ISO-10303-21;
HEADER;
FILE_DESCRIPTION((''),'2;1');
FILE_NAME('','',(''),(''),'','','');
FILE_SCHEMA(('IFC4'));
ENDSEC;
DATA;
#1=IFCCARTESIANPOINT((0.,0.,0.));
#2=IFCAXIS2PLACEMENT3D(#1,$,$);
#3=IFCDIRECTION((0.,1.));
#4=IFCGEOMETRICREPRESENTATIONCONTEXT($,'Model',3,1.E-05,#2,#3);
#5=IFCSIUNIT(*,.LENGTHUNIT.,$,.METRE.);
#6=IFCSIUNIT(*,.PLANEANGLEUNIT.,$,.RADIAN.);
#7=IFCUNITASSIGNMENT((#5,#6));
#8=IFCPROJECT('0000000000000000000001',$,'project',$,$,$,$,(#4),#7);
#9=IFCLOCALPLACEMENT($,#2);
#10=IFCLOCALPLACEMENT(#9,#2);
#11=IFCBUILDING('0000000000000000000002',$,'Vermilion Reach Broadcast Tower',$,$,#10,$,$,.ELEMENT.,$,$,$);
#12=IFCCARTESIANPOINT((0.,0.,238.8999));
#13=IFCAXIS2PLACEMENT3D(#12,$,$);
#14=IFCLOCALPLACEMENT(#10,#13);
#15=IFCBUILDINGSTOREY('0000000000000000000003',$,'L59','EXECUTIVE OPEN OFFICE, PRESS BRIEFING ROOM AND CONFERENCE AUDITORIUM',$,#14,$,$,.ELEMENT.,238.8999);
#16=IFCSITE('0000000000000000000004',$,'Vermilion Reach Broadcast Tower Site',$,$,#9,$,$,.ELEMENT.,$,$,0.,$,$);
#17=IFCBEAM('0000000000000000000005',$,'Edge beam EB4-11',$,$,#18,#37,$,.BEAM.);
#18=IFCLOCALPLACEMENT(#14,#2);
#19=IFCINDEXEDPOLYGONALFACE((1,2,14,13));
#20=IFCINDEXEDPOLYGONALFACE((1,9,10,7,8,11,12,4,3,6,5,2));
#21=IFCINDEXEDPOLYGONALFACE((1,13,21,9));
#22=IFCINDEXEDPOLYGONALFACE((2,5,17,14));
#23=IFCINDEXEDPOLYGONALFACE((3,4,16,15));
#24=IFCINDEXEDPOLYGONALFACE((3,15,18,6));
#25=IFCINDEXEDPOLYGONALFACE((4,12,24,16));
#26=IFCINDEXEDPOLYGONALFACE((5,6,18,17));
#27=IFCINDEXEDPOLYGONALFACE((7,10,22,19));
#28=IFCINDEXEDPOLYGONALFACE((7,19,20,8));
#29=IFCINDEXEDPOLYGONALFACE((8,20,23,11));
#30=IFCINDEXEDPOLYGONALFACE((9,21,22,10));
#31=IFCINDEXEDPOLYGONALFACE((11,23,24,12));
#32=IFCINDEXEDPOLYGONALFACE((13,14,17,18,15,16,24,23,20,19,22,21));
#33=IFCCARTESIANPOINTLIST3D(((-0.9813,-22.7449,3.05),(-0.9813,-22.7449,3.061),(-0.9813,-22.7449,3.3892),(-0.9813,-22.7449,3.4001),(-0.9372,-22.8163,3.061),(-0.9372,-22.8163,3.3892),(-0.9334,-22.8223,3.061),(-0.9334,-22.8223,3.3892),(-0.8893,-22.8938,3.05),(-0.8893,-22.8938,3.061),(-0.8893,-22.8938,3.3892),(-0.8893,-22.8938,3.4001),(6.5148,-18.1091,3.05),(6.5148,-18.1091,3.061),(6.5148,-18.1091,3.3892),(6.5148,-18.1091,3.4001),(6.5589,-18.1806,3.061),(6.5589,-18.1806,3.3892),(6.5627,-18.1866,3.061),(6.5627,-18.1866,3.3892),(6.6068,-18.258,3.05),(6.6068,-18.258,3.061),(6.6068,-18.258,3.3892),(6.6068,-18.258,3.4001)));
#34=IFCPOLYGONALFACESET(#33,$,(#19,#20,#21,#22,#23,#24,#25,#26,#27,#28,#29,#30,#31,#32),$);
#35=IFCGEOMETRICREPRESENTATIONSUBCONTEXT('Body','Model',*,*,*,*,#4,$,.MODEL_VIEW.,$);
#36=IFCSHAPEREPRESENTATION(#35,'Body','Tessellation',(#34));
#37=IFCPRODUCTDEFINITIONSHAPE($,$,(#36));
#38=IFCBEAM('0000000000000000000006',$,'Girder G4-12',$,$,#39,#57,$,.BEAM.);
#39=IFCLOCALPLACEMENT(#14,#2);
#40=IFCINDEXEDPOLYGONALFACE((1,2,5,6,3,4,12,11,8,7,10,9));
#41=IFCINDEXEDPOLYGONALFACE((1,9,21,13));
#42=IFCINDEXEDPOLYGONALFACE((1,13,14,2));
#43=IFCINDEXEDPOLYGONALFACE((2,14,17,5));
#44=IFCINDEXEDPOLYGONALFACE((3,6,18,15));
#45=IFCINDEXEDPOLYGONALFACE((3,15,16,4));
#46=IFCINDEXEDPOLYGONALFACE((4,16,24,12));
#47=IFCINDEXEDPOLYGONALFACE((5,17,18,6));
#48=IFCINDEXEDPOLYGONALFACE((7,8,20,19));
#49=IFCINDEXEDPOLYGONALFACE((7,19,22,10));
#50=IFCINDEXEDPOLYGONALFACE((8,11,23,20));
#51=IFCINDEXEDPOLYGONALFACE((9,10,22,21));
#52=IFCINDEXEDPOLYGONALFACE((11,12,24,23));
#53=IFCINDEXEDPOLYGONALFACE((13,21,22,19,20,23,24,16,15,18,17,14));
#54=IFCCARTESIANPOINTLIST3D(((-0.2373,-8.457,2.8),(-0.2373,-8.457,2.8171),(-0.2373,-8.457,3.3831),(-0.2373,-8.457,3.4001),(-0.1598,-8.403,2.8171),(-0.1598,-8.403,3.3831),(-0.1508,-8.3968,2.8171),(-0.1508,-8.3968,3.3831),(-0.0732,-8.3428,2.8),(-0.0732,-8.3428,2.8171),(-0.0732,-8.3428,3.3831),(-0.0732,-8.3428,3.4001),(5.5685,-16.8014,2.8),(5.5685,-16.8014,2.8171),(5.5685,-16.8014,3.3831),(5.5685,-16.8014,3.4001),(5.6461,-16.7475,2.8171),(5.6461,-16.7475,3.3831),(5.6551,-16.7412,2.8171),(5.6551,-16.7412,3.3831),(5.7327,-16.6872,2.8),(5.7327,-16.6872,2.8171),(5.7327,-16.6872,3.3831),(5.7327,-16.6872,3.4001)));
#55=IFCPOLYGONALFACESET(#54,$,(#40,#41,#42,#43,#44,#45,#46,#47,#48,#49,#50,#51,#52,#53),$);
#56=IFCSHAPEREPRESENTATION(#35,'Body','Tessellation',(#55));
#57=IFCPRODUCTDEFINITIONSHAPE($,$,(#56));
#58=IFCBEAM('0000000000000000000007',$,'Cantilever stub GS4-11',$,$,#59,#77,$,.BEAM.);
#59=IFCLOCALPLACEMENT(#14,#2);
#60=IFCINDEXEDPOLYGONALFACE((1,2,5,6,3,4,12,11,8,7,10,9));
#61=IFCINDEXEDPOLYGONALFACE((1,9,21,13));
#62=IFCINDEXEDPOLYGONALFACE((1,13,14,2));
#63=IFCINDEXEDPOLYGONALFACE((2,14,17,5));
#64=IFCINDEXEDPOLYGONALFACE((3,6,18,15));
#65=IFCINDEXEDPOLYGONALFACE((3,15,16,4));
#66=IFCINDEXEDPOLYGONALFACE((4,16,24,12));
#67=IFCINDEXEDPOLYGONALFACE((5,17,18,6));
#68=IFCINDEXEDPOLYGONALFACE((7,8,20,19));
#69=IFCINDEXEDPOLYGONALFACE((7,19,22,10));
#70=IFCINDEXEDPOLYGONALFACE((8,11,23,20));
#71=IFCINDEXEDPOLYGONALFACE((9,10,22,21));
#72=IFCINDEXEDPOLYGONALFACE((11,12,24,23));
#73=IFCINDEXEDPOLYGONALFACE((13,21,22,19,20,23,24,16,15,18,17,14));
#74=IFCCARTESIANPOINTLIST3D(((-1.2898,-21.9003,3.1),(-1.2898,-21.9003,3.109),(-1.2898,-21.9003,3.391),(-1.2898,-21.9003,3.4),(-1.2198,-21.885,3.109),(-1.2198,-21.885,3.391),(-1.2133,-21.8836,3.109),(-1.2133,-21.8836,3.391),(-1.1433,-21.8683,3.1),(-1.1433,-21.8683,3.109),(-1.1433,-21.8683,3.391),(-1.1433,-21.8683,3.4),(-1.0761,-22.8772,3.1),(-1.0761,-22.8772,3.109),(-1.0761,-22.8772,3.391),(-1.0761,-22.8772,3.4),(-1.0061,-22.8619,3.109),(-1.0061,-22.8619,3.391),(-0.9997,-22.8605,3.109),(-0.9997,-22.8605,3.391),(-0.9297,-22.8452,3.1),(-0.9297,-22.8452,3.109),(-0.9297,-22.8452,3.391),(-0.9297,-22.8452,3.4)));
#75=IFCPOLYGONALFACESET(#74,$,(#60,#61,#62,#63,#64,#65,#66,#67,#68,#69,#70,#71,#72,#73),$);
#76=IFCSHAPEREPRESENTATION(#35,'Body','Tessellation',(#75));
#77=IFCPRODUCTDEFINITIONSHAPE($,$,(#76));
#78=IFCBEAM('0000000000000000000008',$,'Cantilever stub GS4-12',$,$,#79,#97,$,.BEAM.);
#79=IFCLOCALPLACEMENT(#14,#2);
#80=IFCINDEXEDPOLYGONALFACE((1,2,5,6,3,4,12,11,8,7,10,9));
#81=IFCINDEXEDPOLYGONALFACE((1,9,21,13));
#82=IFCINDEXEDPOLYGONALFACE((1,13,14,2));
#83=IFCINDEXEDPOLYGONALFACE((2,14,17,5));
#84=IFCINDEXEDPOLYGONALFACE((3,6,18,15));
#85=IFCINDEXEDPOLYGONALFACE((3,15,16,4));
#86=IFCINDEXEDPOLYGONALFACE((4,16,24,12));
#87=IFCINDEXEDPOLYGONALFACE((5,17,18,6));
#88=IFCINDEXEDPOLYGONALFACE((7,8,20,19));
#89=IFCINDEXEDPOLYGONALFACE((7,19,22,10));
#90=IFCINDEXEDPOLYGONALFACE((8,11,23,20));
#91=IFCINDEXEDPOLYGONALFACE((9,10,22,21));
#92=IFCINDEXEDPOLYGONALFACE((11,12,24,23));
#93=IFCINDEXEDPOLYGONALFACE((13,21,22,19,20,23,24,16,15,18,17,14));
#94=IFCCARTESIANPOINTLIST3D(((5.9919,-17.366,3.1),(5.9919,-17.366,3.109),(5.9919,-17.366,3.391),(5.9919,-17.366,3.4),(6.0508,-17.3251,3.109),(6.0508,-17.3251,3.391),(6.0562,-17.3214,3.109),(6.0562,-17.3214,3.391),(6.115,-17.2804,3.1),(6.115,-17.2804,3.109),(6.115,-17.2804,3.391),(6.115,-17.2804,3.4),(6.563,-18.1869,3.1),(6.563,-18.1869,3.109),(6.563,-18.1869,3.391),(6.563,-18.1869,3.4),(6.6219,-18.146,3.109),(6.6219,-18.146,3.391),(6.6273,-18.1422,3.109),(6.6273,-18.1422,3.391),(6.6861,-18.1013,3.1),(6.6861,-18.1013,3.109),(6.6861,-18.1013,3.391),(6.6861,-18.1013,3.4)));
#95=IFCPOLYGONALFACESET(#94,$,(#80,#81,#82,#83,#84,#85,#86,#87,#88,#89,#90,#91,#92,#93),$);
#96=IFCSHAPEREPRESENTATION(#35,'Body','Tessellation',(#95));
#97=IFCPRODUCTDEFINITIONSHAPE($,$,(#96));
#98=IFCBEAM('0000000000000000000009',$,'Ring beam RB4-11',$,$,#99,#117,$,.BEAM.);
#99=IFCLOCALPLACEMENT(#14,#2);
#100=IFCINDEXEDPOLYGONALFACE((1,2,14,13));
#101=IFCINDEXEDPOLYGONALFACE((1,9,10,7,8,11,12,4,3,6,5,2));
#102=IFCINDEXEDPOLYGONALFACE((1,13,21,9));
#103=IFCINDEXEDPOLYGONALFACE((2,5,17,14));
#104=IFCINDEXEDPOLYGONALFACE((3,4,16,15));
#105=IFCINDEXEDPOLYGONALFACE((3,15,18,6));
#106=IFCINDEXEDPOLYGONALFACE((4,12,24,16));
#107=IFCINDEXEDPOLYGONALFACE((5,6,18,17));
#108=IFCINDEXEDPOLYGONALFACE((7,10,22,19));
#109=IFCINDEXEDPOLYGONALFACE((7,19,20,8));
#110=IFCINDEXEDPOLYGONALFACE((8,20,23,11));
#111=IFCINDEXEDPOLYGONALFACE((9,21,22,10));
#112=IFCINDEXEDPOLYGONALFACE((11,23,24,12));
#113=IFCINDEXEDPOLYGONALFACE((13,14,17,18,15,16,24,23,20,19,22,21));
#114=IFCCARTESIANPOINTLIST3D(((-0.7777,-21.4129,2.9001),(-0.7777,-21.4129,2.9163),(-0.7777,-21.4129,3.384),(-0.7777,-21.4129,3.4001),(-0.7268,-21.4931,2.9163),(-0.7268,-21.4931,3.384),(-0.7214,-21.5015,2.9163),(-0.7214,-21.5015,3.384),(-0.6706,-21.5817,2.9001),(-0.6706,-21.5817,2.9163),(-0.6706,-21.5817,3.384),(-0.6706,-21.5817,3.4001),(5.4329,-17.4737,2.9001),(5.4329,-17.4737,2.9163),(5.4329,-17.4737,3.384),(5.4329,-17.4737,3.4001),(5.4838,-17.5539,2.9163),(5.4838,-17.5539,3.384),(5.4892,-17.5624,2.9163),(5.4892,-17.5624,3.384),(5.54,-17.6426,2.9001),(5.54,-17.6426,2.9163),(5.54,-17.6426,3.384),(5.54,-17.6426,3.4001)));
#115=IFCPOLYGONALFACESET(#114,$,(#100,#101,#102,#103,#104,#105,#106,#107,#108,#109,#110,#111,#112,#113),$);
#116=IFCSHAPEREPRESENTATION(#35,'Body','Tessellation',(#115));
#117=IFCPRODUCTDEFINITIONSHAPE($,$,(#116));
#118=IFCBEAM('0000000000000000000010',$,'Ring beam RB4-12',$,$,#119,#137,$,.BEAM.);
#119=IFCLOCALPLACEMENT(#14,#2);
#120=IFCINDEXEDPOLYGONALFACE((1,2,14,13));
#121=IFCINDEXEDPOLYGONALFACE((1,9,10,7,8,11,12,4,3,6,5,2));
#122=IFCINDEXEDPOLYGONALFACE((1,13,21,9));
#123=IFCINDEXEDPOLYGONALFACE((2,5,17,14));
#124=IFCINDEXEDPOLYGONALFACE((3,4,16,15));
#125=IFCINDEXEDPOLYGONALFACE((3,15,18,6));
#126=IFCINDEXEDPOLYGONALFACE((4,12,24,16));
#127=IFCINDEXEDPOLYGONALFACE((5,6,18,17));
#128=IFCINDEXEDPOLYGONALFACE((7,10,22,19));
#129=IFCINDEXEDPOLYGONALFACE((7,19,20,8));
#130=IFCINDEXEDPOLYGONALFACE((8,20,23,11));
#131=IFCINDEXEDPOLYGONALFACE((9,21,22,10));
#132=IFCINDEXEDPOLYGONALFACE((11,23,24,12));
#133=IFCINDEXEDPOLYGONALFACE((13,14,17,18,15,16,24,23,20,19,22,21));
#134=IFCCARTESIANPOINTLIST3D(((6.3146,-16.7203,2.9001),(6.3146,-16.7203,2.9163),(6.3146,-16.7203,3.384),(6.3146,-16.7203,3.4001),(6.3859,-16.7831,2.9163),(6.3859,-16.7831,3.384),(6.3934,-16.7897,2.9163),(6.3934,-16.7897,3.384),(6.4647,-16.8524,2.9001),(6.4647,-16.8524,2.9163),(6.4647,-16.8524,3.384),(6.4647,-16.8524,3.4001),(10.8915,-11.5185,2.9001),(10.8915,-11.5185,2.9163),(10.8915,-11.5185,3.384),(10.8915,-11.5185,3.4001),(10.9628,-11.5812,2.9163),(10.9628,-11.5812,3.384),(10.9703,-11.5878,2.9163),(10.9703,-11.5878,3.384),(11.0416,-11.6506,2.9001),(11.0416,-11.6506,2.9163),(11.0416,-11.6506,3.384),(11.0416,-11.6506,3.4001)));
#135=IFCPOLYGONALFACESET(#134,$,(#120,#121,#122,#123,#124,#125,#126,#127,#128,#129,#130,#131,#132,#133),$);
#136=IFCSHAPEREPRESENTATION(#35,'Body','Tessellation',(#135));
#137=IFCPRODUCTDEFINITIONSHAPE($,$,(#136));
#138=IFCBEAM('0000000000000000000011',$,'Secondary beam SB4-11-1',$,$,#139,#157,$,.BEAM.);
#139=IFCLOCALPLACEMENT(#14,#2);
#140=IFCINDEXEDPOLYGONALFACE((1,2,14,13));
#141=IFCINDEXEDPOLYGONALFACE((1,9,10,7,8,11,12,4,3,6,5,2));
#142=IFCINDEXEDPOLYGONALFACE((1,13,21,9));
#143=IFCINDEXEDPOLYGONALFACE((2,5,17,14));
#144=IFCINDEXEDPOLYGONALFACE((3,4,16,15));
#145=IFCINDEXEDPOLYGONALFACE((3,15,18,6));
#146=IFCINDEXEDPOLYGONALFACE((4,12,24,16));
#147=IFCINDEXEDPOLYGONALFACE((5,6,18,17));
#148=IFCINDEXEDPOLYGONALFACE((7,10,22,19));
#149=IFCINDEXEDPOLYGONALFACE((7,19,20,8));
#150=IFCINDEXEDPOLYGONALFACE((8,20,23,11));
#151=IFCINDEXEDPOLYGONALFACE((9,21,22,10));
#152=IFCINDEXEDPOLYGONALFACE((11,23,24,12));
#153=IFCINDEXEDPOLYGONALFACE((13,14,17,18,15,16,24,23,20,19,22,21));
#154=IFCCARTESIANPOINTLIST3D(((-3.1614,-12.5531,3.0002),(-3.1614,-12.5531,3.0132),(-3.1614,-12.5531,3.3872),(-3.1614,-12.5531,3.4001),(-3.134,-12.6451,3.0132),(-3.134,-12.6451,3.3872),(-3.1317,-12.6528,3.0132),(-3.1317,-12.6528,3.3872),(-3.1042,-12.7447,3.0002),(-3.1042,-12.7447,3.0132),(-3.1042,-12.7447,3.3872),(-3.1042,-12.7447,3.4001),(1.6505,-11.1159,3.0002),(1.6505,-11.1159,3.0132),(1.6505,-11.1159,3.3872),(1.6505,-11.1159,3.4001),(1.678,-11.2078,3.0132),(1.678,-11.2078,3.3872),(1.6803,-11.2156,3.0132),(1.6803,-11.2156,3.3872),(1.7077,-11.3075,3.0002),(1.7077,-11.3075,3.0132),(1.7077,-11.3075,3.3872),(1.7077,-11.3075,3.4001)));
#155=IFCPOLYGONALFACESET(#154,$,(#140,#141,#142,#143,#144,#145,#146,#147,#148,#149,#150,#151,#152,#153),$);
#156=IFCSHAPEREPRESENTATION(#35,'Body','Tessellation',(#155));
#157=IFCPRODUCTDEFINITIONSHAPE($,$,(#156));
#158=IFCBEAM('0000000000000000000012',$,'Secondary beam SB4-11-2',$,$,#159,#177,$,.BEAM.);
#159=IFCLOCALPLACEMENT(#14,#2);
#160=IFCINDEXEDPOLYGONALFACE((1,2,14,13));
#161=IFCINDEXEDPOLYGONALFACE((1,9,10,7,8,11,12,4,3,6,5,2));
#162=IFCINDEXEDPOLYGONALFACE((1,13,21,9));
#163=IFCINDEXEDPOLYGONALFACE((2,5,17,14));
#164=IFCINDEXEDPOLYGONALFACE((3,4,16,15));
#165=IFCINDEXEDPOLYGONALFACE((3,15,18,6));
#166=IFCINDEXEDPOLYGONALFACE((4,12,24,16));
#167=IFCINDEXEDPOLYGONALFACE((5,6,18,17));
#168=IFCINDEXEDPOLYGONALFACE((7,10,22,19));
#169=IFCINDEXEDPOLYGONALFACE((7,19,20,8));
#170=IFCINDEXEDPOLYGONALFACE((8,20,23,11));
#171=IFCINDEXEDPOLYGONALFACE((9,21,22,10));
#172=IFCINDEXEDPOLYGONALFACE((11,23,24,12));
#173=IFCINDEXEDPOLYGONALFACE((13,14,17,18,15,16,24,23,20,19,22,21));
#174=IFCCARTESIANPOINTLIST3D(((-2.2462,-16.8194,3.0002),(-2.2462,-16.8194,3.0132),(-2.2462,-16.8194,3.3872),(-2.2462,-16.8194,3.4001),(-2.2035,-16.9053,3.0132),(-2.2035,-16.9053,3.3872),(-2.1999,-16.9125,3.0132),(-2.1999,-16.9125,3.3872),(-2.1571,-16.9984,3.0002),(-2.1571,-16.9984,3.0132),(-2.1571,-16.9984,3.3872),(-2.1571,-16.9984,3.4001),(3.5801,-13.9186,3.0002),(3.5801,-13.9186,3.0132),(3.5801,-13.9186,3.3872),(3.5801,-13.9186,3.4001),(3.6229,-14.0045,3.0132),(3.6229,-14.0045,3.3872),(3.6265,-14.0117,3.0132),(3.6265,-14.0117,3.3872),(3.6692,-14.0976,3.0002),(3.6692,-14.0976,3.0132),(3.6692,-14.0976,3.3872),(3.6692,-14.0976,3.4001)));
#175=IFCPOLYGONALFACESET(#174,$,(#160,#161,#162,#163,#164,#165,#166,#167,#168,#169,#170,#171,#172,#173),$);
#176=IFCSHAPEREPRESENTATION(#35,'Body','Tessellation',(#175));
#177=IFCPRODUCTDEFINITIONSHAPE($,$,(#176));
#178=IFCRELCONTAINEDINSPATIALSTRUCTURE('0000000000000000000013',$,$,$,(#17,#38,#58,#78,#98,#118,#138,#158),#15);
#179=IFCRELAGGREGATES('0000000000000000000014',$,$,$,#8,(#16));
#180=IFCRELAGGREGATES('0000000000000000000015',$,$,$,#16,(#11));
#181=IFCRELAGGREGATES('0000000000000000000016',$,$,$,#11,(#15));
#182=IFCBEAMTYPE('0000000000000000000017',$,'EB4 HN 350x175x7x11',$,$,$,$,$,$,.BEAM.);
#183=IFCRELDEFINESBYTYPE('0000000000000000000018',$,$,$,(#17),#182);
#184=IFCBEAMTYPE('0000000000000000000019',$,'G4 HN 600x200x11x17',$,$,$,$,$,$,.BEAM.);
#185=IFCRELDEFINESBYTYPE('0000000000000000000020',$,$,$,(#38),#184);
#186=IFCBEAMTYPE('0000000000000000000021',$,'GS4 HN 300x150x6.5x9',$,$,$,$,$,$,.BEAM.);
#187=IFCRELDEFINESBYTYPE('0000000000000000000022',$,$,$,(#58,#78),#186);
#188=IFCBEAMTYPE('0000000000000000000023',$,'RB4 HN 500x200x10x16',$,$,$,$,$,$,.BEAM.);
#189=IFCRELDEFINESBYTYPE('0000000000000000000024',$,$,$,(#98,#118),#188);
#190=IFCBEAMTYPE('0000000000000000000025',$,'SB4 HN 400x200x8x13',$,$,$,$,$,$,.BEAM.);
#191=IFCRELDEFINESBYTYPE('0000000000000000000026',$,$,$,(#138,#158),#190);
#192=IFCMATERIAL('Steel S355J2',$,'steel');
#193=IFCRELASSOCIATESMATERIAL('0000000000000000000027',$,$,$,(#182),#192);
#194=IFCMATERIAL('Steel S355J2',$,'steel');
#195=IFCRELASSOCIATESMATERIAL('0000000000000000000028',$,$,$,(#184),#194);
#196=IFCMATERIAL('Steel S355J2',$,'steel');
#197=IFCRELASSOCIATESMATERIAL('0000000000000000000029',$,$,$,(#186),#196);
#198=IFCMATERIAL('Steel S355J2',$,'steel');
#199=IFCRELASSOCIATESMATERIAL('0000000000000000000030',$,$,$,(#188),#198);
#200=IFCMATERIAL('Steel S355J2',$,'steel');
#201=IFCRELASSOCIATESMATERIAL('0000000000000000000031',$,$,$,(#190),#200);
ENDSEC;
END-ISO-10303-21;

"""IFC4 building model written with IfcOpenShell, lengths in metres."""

from ifc_helpers import new_model, si_unit, direction, frame, origin, origin_2d, place, context, subcontext, project, spatial, i_section, extrude, material, material_profile, profile_set, type_object, element, save


model = new_model("IFC4")

# Units and contexts
model_context = context("Model", 3, precision=1e-05, world=origin(), true_north=direction((0.0, 1.0)))
body_context = subcontext(model_context, "Body", "Model", "MODEL_VIEW")
ifc_project = project(units=[si_unit("LENGTHUNIT", "METRE"), si_unit("PLANEANGLEUNIT", "RADIAN")], contexts=[model_context])

# Site, building, storey
site_placement = place(None, origin())
site = spatial("IfcSite", under=ifc_project, at=site_placement, Name="Vermilion Reach Broadcast Tower Site", CompositionType="ELEMENT", RefElevation=0.0)
building_placement = place(site_placement, origin())
building = spatial("IfcBuilding", under=site, at=building_placement, Name="Vermilion Reach Broadcast Tower", CompositionType="ELEMENT")
storey_placement = place(building_placement, frame((0.0, 0.0, 238.8999)))
storey = spatial("IfcBuildingStorey", under=building, at=storey_placement, Name="L59", Description="EXECUTIVE OPEN OFFICE, PRESS BRIEFING ROOM AND CONFERENCE AUDITORIUM", CompositionType="ELEMENT", Elevation=238.8999)

# Beams
ifc_material_1 = material(Name="Steel S355J2", Category="steel")
ifc_material_profile_1 = material_profile(ifc_material_1, i_section(OverallWidth=0.175, OverallDepth=0.3501, WebThickness=0.0071, FlangeThickness=0.011, at=origin_2d()), Name="S355J2 HN 350x175x7x11")
ifc_profile_set_1 = profile_set([ifc_material_profile_1], Name="Steel S355J2")
beam_type_1 = type_object("IfcBeamType", Name="EB4 HN 350x175x7x11", PredefinedType="BEAM", material=ifc_profile_set_1)
beam_1_placement = place(storey_placement, frame((-0.9353, -22.8193, 3.2251), z_axis=(0.850504, 0.525969, 0.0), x_axis=(-0.525969, 0.850504, 0.0)))
element("IfcBeam", 1, at=beam_1_placement, inside=storey, type_object=beam_type_1, Name="Edge beam EB4-11", PredefinedType="BEAM", context=body_context, shape_type="SweptSolid", body=[
    extrude(i_section(OverallWidth=0.175, OverallDepth=0.3501, WebThickness=0.0071, FlangeThickness=0.011, at=origin_2d()), origin(), (0.0, 0.0, 1.0), 8.8137),
])
ifc_material_2 = material(Name="Steel S355J2", Category="steel")
ifc_material_profile_2 = material_profile(ifc_material_2, i_section(OverallWidth=0.2, OverallDepth=0.6001, WebThickness=0.011, FlangeThickness=0.0171, at=origin_2d()), Name="S355J2 HN 600x200x11x17")
ifc_profile_set_2 = profile_set([ifc_material_profile_2], Name="Steel S355J2")
beam_type_2 = type_object("IfcBeamType", Name="G4 HN 600x200x11x17", PredefinedType="BEAM", material=ifc_profile_set_2)
beam_2_placement = place(storey_placement, frame((-0.1553, -8.3999, 3.1001), z_axis=(0.571134, -0.820857, 0.0), x_axis=(0.820857, 0.571134, 0.0)))
element("IfcBeam", 2, at=beam_2_placement, inside=storey, type_object=beam_type_2, Name="Girder G4-12", PredefinedType="BEAM", context=body_context, shape_type="SweptSolid", body=[
    extrude(i_section(OverallWidth=0.2, OverallDepth=0.6001, WebThickness=0.011, FlangeThickness=0.0171, at=origin_2d()), origin(), (0.0, 0.0, 1.0), 10.1655),
])
ifc_material_3 = material(Name="Steel S355J2", Category="steel")
ifc_material_profile_3 = material_profile(ifc_material_3, i_section(OverallWidth=0.1499, OverallDepth=0.3, WebThickness=0.0066, FlangeThickness=0.009, at=origin_2d()), Name="S355J2 HN 300x150x6.5x9")
ifc_profile_set_3 = profile_set([ifc_material_profile_3], Name="Steel S355J2")
beam_type_3 = type_object("IfcBeamType", Name="GS4 HN 300x150x6.5x9", PredefinedType="BEAM", material=ifc_profile_set_3)
for number, where, z_axis, x_axis, name in (
    (3, (-1.2166, -21.8843, 3.25), (0.213646, -0.976911, 0.0), (0.976911, 0.213646, 0.0), "Cantilever stub GS4-11"),
    (4, (6.0535, -17.3232, 3.25), (0.5711, -0.82088, 0.0), (0.82088, 0.5711, 0.0), "Cantilever stub GS4-12"),
):
    element("IfcBeam", number, at=place(storey_placement, frame(where, z_axis=z_axis, x_axis=x_axis)), inside=storey, type_object=beam_type_3, Name=name, PredefinedType="BEAM", context=body_context, shape_type="SweptSolid", body=[
        extrude(i_section(OverallWidth=0.1499, OverallDepth=0.3, WebThickness=0.0066, FlangeThickness=0.009, at=origin_2d()), origin(), (0.0, 0.0, 1.0), 1.0),
    ])
ifc_material_4 = material(Name="Steel S355J2", Category="steel")
ifc_material_profile_4 = material_profile(ifc_material_4, i_section(OverallWidth=0.2, OverallDepth=0.5, WebThickness=0.01, FlangeThickness=0.0161, at=origin_2d()), Name="S355J2 HN 500x200x10x16")
ifc_profile_set_4 = profile_set([ifc_material_profile_4], Name="Steel S355J2")
beam_type_4 = type_object("IfcBeamType", Name="RB4 HN 500x200x10x16", PredefinedType="BEAM", material=ifc_profile_set_4)
beam_3_placement = place(storey_placement, frame((-0.7241, -21.4973, 3.1501), z_axis=(0.844464, 0.535612, 0.0), x_axis=(-0.535612, 0.844464, 0.0)))
element("IfcBeam", 5, at=beam_3_placement, inside=storey, type_object=beam_type_4, Name="Ring beam RB4-11", PredefinedType="BEAM", context=body_context, shape_type="SweptSolid", body=[
    extrude(i_section(OverallWidth=0.2, OverallDepth=0.5, WebThickness=0.01, FlangeThickness=0.0161, at=origin_2d()), origin(), (0.0, 0.0, 1.0), 7.3545),
])
beam_4_placement = place(storey_placement, frame((6.3896, -16.7864, 3.1501), z_axis=(0.660565, 0.750769, 0.0), x_axis=(-0.750769, 0.660565, 0.0)))
element("IfcBeam", 6, at=beam_4_placement, inside=storey, type_object=beam_type_4, Name="Ring beam RB4-12", PredefinedType="BEAM", context=body_context, shape_type="SweptSolid", body=[
    extrude(i_section(OverallWidth=0.2, OverallDepth=0.5, WebThickness=0.01, FlangeThickness=0.0161, at=origin_2d()), origin(), (0.0, 0.0, 1.0), 6.9287),
])
ifc_material_5 = material(Name="Steel S355J2", Category="steel")
ifc_material_profile_5 = material_profile(ifc_material_5, i_section(OverallWidth=0.2, OverallDepth=0.3999, WebThickness=0.0081, FlangeThickness=0.0129, at=origin_2d()), Name="S355J2 HN 400x200x8x13")
ifc_profile_set_5 = profile_set([ifc_material_profile_5], Name="Steel S355J2")
beam_type_5 = type_object("IfcBeamType", Name="SB4 HN 400x200x8x13", PredefinedType="BEAM", material=ifc_profile_set_5)
beam_5_placement = place(storey_placement, frame((-3.1328, -12.6489, 3.2002), z_axis=(0.958173, 0.286188, 0.0), x_axis=(-0.286188, 0.958173, 0.0)))
element("IfcBeam", 7, at=beam_5_placement, inside=storey, type_object=beam_type_5, Name="Secondary beam SB4-11-1", PredefinedType="BEAM", context=body_context, shape_type="SweptSolid", body=[
    extrude(i_section(OverallWidth=0.2, OverallDepth=0.3999, WebThickness=0.0081, FlangeThickness=0.0129, at=origin_2d()), origin(), (0.0, 0.0, 1.0), 5.022),
])
beam_6_placement = place(storey_placement, frame((-2.2017, -16.9089, 3.2002), z_axis=(0.895184, 0.445698, 0.0), x_axis=(-0.445698, 0.895184, 0.0)))
element("IfcBeam", 8, at=beam_6_placement, inside=storey, type_object=beam_type_5, Name="Secondary beam SB4-11-2", PredefinedType="BEAM", context=body_context, shape_type="SweptSolid", body=[
    extrude(i_section(OverallWidth=0.2, OverallDepth=0.3999, WebThickness=0.0081, FlangeThickness=0.0129, at=origin_2d()), origin(), (0.0, 0.0, 1.0), 6.5085),
])

save(model, "model.ifc")
